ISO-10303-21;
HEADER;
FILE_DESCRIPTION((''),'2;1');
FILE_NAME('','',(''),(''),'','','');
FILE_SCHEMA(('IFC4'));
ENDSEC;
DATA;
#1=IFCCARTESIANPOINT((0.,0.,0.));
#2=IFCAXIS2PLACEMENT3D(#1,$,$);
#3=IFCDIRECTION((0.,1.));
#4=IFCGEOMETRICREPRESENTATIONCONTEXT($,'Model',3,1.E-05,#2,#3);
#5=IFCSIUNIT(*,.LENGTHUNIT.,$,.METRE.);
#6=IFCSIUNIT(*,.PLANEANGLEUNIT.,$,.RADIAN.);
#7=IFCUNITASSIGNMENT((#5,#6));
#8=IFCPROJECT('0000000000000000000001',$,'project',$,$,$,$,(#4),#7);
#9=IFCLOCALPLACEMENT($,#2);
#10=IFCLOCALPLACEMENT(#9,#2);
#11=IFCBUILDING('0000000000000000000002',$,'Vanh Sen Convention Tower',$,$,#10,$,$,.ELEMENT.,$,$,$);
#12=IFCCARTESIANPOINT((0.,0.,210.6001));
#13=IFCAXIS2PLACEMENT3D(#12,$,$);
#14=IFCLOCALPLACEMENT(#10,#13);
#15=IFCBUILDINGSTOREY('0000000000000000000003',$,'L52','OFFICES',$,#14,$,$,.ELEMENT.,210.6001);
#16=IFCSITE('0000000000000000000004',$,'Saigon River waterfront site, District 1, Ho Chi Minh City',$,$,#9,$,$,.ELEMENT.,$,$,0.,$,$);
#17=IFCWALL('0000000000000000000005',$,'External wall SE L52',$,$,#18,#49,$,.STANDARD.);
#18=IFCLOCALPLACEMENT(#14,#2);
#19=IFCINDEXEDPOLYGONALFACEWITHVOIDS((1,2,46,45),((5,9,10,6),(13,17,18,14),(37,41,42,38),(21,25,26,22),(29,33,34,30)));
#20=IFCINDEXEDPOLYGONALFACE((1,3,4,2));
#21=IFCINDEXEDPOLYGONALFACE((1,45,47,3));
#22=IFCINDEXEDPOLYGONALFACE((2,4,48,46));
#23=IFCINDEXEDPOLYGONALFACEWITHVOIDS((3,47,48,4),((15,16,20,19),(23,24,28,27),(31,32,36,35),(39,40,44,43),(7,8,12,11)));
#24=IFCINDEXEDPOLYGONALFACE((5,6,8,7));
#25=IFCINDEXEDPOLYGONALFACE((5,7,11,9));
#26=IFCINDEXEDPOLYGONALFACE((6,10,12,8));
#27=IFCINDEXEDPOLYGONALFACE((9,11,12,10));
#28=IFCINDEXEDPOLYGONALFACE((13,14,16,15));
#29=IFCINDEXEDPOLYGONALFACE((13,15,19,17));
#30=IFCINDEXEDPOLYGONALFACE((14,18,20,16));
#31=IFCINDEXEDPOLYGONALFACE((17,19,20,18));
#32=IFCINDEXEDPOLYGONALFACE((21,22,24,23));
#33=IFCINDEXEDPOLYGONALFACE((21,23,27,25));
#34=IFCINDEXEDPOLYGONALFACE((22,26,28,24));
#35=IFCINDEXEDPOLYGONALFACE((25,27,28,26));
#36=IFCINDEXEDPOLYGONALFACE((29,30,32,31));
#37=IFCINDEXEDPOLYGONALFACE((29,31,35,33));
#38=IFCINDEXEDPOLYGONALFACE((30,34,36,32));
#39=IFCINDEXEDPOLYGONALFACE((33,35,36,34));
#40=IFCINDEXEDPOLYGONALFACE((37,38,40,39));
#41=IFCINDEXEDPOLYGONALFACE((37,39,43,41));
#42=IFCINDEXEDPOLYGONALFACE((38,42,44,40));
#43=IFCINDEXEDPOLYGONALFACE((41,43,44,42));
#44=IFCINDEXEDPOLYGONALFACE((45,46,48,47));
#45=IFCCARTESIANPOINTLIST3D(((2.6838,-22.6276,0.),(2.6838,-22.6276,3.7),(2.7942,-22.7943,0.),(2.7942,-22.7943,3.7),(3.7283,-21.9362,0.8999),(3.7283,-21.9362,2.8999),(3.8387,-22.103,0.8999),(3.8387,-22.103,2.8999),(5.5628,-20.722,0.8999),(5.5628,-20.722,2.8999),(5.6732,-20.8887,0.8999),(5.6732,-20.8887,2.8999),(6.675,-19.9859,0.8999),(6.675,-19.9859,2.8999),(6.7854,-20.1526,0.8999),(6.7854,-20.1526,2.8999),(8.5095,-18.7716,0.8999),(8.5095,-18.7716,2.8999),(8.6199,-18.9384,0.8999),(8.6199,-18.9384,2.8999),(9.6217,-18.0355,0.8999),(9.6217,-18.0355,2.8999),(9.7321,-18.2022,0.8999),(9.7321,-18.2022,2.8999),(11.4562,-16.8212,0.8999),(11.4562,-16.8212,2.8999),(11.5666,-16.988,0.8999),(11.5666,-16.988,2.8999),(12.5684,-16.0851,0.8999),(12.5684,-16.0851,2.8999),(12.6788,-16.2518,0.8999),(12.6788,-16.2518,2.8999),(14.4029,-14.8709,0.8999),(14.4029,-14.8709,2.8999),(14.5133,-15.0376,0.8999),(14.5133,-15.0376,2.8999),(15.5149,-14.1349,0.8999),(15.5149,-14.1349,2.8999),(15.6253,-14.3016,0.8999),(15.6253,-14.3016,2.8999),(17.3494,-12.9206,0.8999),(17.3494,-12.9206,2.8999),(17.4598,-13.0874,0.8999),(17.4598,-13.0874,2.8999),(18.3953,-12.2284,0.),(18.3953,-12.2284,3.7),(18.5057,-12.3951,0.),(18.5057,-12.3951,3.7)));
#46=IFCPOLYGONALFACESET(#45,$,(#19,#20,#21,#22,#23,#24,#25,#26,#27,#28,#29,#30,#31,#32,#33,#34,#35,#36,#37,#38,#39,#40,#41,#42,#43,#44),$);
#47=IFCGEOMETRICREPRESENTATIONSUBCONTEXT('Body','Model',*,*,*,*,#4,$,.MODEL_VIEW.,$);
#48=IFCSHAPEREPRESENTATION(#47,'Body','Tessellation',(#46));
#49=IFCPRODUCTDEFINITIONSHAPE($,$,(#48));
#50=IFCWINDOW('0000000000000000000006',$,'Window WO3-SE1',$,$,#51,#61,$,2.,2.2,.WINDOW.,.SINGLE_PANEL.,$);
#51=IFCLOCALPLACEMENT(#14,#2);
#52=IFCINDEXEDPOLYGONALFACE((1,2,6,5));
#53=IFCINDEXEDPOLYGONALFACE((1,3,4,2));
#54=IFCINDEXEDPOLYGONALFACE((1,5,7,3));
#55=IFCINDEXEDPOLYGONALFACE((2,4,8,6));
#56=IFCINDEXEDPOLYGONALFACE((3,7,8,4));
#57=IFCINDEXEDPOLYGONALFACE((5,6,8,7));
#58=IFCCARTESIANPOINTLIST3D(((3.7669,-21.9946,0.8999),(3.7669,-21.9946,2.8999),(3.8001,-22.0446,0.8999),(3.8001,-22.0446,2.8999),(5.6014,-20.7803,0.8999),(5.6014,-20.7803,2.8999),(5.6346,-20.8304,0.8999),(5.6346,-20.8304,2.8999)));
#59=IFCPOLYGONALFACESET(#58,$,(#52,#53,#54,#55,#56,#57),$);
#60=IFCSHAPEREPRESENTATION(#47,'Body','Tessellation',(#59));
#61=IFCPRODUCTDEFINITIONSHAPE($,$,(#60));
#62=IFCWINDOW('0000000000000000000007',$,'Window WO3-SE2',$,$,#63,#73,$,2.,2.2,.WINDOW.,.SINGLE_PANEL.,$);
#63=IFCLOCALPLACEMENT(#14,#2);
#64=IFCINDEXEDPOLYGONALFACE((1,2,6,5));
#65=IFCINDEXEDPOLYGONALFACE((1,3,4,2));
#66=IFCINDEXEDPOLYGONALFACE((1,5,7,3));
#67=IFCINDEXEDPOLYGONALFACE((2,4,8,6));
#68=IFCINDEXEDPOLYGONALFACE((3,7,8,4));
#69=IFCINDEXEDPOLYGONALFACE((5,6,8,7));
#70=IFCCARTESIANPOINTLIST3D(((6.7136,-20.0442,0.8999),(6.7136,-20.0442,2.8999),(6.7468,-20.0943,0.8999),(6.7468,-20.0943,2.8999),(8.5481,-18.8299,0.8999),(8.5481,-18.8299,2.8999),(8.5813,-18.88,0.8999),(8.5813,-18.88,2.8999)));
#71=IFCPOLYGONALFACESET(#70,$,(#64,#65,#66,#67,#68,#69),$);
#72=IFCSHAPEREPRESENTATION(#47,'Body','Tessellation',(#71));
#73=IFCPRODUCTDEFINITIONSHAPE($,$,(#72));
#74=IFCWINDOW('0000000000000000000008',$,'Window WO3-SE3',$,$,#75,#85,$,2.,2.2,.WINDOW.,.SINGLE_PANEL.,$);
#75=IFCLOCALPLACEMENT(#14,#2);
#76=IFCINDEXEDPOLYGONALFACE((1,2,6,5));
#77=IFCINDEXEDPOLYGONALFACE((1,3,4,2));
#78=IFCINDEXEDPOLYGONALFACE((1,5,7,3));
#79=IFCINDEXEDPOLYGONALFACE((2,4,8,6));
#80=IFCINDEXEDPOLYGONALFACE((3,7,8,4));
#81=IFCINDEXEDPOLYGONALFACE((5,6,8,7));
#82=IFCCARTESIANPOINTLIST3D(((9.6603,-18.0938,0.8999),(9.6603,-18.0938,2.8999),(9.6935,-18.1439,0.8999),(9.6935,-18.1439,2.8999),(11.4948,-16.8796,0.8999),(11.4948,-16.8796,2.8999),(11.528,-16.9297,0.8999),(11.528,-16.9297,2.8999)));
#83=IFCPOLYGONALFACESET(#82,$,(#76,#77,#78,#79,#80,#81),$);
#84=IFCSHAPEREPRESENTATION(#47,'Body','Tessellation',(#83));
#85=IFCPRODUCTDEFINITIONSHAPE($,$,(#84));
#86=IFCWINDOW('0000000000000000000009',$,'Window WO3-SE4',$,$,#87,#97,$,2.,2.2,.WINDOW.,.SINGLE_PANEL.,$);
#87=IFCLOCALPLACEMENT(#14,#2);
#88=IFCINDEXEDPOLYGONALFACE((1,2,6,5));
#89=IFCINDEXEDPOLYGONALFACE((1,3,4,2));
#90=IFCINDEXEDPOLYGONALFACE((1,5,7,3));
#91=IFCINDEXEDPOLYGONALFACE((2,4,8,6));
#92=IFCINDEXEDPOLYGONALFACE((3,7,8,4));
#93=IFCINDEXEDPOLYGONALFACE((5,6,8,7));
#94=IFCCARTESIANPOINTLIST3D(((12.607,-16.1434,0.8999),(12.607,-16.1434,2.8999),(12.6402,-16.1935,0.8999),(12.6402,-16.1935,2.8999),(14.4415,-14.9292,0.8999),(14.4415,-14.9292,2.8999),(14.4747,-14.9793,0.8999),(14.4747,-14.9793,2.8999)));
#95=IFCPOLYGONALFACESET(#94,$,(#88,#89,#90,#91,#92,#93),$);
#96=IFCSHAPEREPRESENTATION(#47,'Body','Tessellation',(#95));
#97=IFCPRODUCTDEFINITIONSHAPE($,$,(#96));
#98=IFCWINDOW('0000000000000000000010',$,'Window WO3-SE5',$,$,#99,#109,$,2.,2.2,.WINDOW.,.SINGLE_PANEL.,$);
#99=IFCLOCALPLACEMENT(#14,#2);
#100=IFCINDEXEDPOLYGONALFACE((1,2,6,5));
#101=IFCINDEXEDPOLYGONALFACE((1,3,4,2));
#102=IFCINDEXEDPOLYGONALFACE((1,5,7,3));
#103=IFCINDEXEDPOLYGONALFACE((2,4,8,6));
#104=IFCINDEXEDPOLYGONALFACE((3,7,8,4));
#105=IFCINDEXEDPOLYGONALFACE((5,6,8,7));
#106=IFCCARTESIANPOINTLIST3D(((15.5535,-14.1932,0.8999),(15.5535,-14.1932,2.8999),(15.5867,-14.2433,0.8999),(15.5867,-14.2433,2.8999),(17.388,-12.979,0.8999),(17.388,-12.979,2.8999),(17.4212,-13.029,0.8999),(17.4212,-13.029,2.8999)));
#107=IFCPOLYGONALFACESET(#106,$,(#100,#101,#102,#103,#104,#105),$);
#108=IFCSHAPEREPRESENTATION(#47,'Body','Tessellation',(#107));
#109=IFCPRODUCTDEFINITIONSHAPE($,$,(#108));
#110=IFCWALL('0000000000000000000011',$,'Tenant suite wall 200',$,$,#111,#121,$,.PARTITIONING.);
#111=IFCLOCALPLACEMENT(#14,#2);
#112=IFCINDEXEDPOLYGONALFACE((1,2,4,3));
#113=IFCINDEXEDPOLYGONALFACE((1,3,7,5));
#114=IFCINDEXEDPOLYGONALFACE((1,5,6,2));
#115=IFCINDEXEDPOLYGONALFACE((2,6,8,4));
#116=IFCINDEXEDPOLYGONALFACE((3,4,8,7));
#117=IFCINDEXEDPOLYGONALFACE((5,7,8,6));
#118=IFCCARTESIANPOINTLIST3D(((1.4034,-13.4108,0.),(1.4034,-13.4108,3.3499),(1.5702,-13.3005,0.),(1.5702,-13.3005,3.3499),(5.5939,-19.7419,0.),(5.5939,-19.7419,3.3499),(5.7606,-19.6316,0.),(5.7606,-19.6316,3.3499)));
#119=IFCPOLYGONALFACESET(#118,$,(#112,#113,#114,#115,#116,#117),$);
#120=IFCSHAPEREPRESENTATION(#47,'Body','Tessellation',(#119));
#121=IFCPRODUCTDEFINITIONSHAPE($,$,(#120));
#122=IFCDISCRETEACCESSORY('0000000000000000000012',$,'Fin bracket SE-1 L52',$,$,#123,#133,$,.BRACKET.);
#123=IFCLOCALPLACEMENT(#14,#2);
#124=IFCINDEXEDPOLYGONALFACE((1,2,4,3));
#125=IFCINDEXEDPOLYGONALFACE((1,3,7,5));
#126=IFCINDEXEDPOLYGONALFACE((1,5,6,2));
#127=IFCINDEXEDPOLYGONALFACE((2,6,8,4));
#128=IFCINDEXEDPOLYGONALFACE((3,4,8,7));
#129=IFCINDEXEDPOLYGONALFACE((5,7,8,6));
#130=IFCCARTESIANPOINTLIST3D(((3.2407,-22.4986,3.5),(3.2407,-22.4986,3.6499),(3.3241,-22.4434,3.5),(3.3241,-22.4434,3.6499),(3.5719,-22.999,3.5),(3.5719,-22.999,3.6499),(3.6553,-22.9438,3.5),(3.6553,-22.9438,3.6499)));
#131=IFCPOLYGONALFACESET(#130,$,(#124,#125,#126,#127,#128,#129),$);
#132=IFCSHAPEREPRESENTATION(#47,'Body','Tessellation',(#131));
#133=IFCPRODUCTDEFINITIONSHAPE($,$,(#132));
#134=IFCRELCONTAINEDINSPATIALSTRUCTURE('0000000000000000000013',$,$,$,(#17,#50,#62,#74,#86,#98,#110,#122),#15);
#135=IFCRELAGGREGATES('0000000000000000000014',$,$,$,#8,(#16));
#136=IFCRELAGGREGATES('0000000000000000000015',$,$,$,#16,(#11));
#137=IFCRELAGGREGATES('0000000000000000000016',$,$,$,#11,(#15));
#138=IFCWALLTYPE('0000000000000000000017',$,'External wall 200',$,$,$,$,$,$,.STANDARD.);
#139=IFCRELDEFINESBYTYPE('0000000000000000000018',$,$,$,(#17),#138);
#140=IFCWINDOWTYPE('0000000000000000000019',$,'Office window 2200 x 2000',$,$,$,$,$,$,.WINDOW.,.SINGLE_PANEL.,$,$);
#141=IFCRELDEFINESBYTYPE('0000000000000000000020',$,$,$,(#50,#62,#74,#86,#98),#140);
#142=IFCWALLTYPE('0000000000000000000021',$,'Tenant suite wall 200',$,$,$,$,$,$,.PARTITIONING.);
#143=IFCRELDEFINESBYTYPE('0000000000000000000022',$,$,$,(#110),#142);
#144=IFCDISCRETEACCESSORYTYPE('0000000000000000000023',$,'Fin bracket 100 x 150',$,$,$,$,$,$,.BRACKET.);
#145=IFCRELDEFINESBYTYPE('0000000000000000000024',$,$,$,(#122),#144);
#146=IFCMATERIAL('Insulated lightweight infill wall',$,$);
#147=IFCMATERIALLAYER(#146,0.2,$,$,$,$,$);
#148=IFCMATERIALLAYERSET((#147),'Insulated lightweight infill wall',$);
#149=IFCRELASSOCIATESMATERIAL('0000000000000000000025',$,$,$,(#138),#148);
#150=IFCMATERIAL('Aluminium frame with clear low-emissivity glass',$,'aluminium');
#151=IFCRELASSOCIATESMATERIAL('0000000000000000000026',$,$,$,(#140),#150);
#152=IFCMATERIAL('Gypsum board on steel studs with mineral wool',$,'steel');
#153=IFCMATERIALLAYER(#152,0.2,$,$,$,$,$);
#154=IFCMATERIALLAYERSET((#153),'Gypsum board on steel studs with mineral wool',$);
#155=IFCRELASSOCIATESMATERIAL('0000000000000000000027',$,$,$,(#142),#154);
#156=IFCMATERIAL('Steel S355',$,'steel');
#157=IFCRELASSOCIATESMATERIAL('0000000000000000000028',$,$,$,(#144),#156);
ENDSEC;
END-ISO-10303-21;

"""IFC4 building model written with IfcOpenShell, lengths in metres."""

from ifc_helpers import new_model, si_unit, direction, frame, frame_2d, origin, origin_2d, place, context, subcontext, project, spatial, rectangle, extrude, material, layer, layer_set, type_object, element, fill, save


model = new_model("IFC4")

# Units and contexts
model_context = context("Model", 3, precision=1e-05, world=origin(), true_north=direction((0.0, 1.0)))
body_context = subcontext(model_context, "Body", "Model", "MODEL_VIEW")
ifc_project = project(units=[si_unit("LENGTHUNIT", "METRE"), si_unit("PLANEANGLEUNIT", "RADIAN")], contexts=[model_context])

# Site, building, storey
site_placement = place(None, origin())
site = spatial("IfcSite", under=ifc_project, at=site_placement, Name="Saigon River waterfront site, District 1, Ho Chi Minh City", CompositionType="ELEMENT", RefElevation=0.0)
building_placement = place(site_placement, origin())
building = spatial("IfcBuilding", under=site, at=building_placement, Name="Vanh Sen Convention Tower", CompositionType="ELEMENT")
storey_placement = place(building_placement, frame((0.0, 0.0, 210.6001)))
storey = spatial("IfcBuildingStorey", under=building, at=storey_placement, Name="L52", Description="OFFICES", CompositionType="ELEMENT", Elevation=210.6001)

# Shared definitions
ifc_material_1 = material(Name="Gypsum board on steel studs with mineral wool", Category="steel")

# Wall, openings, windows
ifc_material_2 = material(Name="Insulated lightweight infill wall")
ifc_layer_1 = layer(ifc_material_2, 0.2)
ifc_layer_set_1 = layer_set([ifc_layer_1], Name="Insulated lightweight infill wall")
wall_type_1 = type_object("IfcWallType", Name="External wall 200", PredefinedType="STANDARD", material=ifc_layer_set_1)
wall_1_placement = place(storey_placement, frame((2.739, -22.7109, 0.0), z_axis=(0.0, 0.0, 1.0), x_axis=(0.833886, 0.551937, 0.0)))
wall_1 = element("IfcWall", 1, at=wall_1_placement, inside=storey, type_object=wall_type_1, Name="External wall SE L52", PredefinedType="STANDARD", context=body_context, shape_type="SweptSolid", body=[
    extrude(rectangle(XDim=18.8413, YDim=0.2, at=frame_2d((9.4207, 0.0))), origin(), (0.0, 0.0, 1.0), 3.7),
])
opening_1_placement = place(wall_1_placement, frame((1.2524, 0.0, 0.8999)))
opening_1 = element("IfcOpeningElement", 2, at=opening_1_placement, cuts=wall_1, PredefinedType="OPENING", context=body_context, shape_type="SweptSolid", body=[
    extrude(rectangle(XDim=2.2, YDim=2.0, at=frame_2d((1.1001, 1.0))), frame((0.0, 0.1099, 0.0), z_axis=(0.0, -1.0, 0.0), x_axis=(1.0, 0.0, 0.0)), (0.0, 0.0, 1.0), 0.22),
])
opening_2_placement = place(wall_1_placement, frame((4.7861, 0.0, 0.8999)))
opening_2 = element("IfcOpeningElement", 3, at=opening_2_placement, cuts=wall_1, PredefinedType="OPENING", context=body_context, shape_type="SweptSolid", body=[
    extrude(rectangle(XDim=2.2, YDim=2.0, at=frame_2d((1.1001, 1.0))), frame((0.0, 0.1099, 0.0), z_axis=(0.0, -1.0, 0.0), x_axis=(1.0, 0.0, 0.0)), (0.0, 0.0, 1.0), 0.22),
])
opening_3_placement = place(wall_1_placement, frame((8.3198, 0.0, 0.8999)))
opening_3 = element("IfcOpeningElement", 4, at=opening_3_placement, cuts=wall_1, PredefinedType="OPENING", context=body_context, shape_type="SweptSolid", body=[
    extrude(rectangle(XDim=2.2, YDim=2.0, at=frame_2d((1.1001, 1.0))), frame((0.0, 0.1099, 0.0), z_axis=(0.0, -1.0, 0.0), x_axis=(1.0, 0.0, 0.0)), (0.0, 0.0, 1.0), 0.22),
])
opening_4_placement = place(wall_1_placement, frame((11.8535, 0.0, 0.8999)))
opening_4 = element("IfcOpeningElement", 5, at=opening_4_placement, cuts=wall_1, PredefinedType="OPENING", context=body_context, shape_type="SweptSolid", body=[
    extrude(rectangle(XDim=2.2, YDim=2.0, at=frame_2d((1.1001, 1.0))), frame((0.0, 0.1099, 0.0), z_axis=(0.0, -1.0, 0.0), x_axis=(1.0, 0.0, 0.0)), (0.0, 0.0, 1.0), 0.22),
])
opening_5_placement = place(wall_1_placement, frame((15.387, 0.0, 0.8999)))
opening_5 = element("IfcOpeningElement", 6, at=opening_5_placement, cuts=wall_1, PredefinedType="OPENING", context=body_context, shape_type="SweptSolid", body=[
    extrude(rectangle(XDim=2.2, YDim=2.0, at=frame_2d((1.1001, 1.0))), frame((0.0, 0.1099, 0.0), z_axis=(0.0, -1.0, 0.0), x_axis=(1.0, 0.0, 0.0)), (0.0, 0.0, 1.0), 0.22),
])
ifc_material_3 = material(Name="Aluminium frame with clear low-emissivity glass", Category="aluminium")
window_type = type_object("IfcWindowType", Name="Office window 2200 x 2000", PartitioningType="SINGLE_PANEL", PredefinedType="WINDOW", material=ifc_material_3)
window_1_placement = place(opening_1_placement, origin())
window_1 = element("IfcWindow", 7, at=window_1_placement, inside=storey, type_object=window_type, Name="Window WO3-SE1", OverallHeight=2.0, OverallWidth=2.2, PartitioningType="SINGLE_PANEL", PredefinedType="WINDOW", context=body_context, shape_type="SweptSolid", body=[
    extrude(rectangle(XDim=2.2, YDim=2.0, at=frame_2d((1.1001, 1.0))), frame((0.0, 0.03, 0.0), z_axis=(0.0, -1.0, 0.0), x_axis=(1.0, 0.0, 0.0)), (0.0, 0.0, 1.0), 0.0601),
])
fill(opening_1, window_1)
window_2_placement = place(opening_2_placement, origin())
window_2 = element("IfcWindow", 8, at=window_2_placement, inside=storey, type_object=window_type, Name="Window WO3-SE2", OverallHeight=2.0, OverallWidth=2.2, PartitioningType="SINGLE_PANEL", PredefinedType="WINDOW", context=body_context, shape_type="SweptSolid", body=[
    extrude(rectangle(XDim=2.2, YDim=2.0, at=frame_2d((1.1001, 1.0))), frame((0.0, 0.03, 0.0), z_axis=(0.0, -1.0, 0.0), x_axis=(1.0, 0.0, 0.0)), (0.0, 0.0, 1.0), 0.0601),
])
fill(opening_2, window_2)
window_3_placement = place(opening_3_placement, origin())
window_3 = element("IfcWindow", 9, at=window_3_placement, inside=storey, type_object=window_type, Name="Window WO3-SE3", OverallHeight=2.0, OverallWidth=2.2, PartitioningType="SINGLE_PANEL", PredefinedType="WINDOW", context=body_context, shape_type="SweptSolid", body=[
    extrude(rectangle(XDim=2.2, YDim=2.0, at=frame_2d((1.1001, 1.0))), frame((0.0, 0.03, 0.0), z_axis=(0.0, -1.0, 0.0), x_axis=(1.0, 0.0, 0.0)), (0.0, 0.0, 1.0), 0.0601),
])
fill(opening_3, window_3)
window_4_placement = place(opening_4_placement, origin())
window_4 = element("IfcWindow", 10, at=window_4_placement, inside=storey, type_object=window_type, Name="Window WO3-SE4", OverallHeight=2.0, OverallWidth=2.2, PartitioningType="SINGLE_PANEL", PredefinedType="WINDOW", context=body_context, shape_type="SweptSolid", body=[
    extrude(rectangle(XDim=2.2, YDim=2.0, at=frame_2d((1.1001, 1.0))), frame((0.0, 0.03, 0.0), z_axis=(0.0, -1.0, 0.0), x_axis=(1.0, 0.0, 0.0)), (0.0, 0.0, 1.0), 0.0601),
])
fill(opening_4, window_4)
window_5_placement = place(opening_5_placement, origin())
window_5 = element("IfcWindow", 11, at=window_5_placement, inside=storey, type_object=window_type, Name="Window WO3-SE5", OverallHeight=2.0, OverallWidth=2.2, PartitioningType="SINGLE_PANEL", PredefinedType="WINDOW", context=body_context, shape_type="SweptSolid", body=[
    extrude(rectangle(XDim=2.2, YDim=2.0, at=frame_2d((1.1001, 1.0))), frame((0.0, 0.03, 0.0), z_axis=(0.0, -1.0, 0.0), x_axis=(1.0, 0.0, 0.0)), (0.0, 0.0, 1.0), 0.0601),
])
fill(opening_5, window_5)

# Wall
ifc_layer_2 = layer(ifc_material_1, 0.2)
ifc_layer_set_2 = layer_set([ifc_layer_2], Name="Gypsum board on steel studs with mineral wool")
wall_type_2 = type_object("IfcWallType", Name="Tenant suite wall 200", PredefinedType="PARTITIONING", material=ifc_layer_set_2)
wall_2_placement = place(storey_placement, frame((5.6772, -19.6868, 0.0), z_axis=(0.0, 0.0, 1.0), x_axis=(-0.551937, 0.833886, 0.0)))
element("IfcWall", 12, at=wall_2_placement, inside=storey, type_object=wall_type_2, Name="Tenant suite wall 200", PredefinedType="PARTITIONING", context=body_context, shape_type="SweptSolid", body=[
    extrude(rectangle(XDim=7.5923, YDim=0.2, at=frame_2d((3.7961, 0.0))), origin(), (0.0, 0.0, 1.0), 3.3499),
])

# Discrete accessory
ifc_material_4 = material(Name="Steel S355", Category="steel")
discrete_accessory_type = type_object("IfcDiscreteAccessoryType", Name="Fin bracket 100 x 150", PredefinedType="BRACKET", material=ifc_material_4)
discrete_accessory_placement = place(storey_placement, frame((3.448, -22.7212, 3.5), z_axis=(0.0, 0.0, 1.0), x_axis=(0.551937, -0.833886, 0.0)))
element("IfcDiscreteAccessory", 13, at=discrete_accessory_placement, inside=storey, type_object=discrete_accessory_type, Name="Fin bracket SE-1 L52", PredefinedType="BRACKET", context=body_context, shape_type="SweptSolid", body=[
    extrude(rectangle(XDim=0.6001, YDim=0.1001, at=origin_2d()), origin(), (0.0, 0.0, 1.0), 0.1499),
])

save(model, "model.ifc")
